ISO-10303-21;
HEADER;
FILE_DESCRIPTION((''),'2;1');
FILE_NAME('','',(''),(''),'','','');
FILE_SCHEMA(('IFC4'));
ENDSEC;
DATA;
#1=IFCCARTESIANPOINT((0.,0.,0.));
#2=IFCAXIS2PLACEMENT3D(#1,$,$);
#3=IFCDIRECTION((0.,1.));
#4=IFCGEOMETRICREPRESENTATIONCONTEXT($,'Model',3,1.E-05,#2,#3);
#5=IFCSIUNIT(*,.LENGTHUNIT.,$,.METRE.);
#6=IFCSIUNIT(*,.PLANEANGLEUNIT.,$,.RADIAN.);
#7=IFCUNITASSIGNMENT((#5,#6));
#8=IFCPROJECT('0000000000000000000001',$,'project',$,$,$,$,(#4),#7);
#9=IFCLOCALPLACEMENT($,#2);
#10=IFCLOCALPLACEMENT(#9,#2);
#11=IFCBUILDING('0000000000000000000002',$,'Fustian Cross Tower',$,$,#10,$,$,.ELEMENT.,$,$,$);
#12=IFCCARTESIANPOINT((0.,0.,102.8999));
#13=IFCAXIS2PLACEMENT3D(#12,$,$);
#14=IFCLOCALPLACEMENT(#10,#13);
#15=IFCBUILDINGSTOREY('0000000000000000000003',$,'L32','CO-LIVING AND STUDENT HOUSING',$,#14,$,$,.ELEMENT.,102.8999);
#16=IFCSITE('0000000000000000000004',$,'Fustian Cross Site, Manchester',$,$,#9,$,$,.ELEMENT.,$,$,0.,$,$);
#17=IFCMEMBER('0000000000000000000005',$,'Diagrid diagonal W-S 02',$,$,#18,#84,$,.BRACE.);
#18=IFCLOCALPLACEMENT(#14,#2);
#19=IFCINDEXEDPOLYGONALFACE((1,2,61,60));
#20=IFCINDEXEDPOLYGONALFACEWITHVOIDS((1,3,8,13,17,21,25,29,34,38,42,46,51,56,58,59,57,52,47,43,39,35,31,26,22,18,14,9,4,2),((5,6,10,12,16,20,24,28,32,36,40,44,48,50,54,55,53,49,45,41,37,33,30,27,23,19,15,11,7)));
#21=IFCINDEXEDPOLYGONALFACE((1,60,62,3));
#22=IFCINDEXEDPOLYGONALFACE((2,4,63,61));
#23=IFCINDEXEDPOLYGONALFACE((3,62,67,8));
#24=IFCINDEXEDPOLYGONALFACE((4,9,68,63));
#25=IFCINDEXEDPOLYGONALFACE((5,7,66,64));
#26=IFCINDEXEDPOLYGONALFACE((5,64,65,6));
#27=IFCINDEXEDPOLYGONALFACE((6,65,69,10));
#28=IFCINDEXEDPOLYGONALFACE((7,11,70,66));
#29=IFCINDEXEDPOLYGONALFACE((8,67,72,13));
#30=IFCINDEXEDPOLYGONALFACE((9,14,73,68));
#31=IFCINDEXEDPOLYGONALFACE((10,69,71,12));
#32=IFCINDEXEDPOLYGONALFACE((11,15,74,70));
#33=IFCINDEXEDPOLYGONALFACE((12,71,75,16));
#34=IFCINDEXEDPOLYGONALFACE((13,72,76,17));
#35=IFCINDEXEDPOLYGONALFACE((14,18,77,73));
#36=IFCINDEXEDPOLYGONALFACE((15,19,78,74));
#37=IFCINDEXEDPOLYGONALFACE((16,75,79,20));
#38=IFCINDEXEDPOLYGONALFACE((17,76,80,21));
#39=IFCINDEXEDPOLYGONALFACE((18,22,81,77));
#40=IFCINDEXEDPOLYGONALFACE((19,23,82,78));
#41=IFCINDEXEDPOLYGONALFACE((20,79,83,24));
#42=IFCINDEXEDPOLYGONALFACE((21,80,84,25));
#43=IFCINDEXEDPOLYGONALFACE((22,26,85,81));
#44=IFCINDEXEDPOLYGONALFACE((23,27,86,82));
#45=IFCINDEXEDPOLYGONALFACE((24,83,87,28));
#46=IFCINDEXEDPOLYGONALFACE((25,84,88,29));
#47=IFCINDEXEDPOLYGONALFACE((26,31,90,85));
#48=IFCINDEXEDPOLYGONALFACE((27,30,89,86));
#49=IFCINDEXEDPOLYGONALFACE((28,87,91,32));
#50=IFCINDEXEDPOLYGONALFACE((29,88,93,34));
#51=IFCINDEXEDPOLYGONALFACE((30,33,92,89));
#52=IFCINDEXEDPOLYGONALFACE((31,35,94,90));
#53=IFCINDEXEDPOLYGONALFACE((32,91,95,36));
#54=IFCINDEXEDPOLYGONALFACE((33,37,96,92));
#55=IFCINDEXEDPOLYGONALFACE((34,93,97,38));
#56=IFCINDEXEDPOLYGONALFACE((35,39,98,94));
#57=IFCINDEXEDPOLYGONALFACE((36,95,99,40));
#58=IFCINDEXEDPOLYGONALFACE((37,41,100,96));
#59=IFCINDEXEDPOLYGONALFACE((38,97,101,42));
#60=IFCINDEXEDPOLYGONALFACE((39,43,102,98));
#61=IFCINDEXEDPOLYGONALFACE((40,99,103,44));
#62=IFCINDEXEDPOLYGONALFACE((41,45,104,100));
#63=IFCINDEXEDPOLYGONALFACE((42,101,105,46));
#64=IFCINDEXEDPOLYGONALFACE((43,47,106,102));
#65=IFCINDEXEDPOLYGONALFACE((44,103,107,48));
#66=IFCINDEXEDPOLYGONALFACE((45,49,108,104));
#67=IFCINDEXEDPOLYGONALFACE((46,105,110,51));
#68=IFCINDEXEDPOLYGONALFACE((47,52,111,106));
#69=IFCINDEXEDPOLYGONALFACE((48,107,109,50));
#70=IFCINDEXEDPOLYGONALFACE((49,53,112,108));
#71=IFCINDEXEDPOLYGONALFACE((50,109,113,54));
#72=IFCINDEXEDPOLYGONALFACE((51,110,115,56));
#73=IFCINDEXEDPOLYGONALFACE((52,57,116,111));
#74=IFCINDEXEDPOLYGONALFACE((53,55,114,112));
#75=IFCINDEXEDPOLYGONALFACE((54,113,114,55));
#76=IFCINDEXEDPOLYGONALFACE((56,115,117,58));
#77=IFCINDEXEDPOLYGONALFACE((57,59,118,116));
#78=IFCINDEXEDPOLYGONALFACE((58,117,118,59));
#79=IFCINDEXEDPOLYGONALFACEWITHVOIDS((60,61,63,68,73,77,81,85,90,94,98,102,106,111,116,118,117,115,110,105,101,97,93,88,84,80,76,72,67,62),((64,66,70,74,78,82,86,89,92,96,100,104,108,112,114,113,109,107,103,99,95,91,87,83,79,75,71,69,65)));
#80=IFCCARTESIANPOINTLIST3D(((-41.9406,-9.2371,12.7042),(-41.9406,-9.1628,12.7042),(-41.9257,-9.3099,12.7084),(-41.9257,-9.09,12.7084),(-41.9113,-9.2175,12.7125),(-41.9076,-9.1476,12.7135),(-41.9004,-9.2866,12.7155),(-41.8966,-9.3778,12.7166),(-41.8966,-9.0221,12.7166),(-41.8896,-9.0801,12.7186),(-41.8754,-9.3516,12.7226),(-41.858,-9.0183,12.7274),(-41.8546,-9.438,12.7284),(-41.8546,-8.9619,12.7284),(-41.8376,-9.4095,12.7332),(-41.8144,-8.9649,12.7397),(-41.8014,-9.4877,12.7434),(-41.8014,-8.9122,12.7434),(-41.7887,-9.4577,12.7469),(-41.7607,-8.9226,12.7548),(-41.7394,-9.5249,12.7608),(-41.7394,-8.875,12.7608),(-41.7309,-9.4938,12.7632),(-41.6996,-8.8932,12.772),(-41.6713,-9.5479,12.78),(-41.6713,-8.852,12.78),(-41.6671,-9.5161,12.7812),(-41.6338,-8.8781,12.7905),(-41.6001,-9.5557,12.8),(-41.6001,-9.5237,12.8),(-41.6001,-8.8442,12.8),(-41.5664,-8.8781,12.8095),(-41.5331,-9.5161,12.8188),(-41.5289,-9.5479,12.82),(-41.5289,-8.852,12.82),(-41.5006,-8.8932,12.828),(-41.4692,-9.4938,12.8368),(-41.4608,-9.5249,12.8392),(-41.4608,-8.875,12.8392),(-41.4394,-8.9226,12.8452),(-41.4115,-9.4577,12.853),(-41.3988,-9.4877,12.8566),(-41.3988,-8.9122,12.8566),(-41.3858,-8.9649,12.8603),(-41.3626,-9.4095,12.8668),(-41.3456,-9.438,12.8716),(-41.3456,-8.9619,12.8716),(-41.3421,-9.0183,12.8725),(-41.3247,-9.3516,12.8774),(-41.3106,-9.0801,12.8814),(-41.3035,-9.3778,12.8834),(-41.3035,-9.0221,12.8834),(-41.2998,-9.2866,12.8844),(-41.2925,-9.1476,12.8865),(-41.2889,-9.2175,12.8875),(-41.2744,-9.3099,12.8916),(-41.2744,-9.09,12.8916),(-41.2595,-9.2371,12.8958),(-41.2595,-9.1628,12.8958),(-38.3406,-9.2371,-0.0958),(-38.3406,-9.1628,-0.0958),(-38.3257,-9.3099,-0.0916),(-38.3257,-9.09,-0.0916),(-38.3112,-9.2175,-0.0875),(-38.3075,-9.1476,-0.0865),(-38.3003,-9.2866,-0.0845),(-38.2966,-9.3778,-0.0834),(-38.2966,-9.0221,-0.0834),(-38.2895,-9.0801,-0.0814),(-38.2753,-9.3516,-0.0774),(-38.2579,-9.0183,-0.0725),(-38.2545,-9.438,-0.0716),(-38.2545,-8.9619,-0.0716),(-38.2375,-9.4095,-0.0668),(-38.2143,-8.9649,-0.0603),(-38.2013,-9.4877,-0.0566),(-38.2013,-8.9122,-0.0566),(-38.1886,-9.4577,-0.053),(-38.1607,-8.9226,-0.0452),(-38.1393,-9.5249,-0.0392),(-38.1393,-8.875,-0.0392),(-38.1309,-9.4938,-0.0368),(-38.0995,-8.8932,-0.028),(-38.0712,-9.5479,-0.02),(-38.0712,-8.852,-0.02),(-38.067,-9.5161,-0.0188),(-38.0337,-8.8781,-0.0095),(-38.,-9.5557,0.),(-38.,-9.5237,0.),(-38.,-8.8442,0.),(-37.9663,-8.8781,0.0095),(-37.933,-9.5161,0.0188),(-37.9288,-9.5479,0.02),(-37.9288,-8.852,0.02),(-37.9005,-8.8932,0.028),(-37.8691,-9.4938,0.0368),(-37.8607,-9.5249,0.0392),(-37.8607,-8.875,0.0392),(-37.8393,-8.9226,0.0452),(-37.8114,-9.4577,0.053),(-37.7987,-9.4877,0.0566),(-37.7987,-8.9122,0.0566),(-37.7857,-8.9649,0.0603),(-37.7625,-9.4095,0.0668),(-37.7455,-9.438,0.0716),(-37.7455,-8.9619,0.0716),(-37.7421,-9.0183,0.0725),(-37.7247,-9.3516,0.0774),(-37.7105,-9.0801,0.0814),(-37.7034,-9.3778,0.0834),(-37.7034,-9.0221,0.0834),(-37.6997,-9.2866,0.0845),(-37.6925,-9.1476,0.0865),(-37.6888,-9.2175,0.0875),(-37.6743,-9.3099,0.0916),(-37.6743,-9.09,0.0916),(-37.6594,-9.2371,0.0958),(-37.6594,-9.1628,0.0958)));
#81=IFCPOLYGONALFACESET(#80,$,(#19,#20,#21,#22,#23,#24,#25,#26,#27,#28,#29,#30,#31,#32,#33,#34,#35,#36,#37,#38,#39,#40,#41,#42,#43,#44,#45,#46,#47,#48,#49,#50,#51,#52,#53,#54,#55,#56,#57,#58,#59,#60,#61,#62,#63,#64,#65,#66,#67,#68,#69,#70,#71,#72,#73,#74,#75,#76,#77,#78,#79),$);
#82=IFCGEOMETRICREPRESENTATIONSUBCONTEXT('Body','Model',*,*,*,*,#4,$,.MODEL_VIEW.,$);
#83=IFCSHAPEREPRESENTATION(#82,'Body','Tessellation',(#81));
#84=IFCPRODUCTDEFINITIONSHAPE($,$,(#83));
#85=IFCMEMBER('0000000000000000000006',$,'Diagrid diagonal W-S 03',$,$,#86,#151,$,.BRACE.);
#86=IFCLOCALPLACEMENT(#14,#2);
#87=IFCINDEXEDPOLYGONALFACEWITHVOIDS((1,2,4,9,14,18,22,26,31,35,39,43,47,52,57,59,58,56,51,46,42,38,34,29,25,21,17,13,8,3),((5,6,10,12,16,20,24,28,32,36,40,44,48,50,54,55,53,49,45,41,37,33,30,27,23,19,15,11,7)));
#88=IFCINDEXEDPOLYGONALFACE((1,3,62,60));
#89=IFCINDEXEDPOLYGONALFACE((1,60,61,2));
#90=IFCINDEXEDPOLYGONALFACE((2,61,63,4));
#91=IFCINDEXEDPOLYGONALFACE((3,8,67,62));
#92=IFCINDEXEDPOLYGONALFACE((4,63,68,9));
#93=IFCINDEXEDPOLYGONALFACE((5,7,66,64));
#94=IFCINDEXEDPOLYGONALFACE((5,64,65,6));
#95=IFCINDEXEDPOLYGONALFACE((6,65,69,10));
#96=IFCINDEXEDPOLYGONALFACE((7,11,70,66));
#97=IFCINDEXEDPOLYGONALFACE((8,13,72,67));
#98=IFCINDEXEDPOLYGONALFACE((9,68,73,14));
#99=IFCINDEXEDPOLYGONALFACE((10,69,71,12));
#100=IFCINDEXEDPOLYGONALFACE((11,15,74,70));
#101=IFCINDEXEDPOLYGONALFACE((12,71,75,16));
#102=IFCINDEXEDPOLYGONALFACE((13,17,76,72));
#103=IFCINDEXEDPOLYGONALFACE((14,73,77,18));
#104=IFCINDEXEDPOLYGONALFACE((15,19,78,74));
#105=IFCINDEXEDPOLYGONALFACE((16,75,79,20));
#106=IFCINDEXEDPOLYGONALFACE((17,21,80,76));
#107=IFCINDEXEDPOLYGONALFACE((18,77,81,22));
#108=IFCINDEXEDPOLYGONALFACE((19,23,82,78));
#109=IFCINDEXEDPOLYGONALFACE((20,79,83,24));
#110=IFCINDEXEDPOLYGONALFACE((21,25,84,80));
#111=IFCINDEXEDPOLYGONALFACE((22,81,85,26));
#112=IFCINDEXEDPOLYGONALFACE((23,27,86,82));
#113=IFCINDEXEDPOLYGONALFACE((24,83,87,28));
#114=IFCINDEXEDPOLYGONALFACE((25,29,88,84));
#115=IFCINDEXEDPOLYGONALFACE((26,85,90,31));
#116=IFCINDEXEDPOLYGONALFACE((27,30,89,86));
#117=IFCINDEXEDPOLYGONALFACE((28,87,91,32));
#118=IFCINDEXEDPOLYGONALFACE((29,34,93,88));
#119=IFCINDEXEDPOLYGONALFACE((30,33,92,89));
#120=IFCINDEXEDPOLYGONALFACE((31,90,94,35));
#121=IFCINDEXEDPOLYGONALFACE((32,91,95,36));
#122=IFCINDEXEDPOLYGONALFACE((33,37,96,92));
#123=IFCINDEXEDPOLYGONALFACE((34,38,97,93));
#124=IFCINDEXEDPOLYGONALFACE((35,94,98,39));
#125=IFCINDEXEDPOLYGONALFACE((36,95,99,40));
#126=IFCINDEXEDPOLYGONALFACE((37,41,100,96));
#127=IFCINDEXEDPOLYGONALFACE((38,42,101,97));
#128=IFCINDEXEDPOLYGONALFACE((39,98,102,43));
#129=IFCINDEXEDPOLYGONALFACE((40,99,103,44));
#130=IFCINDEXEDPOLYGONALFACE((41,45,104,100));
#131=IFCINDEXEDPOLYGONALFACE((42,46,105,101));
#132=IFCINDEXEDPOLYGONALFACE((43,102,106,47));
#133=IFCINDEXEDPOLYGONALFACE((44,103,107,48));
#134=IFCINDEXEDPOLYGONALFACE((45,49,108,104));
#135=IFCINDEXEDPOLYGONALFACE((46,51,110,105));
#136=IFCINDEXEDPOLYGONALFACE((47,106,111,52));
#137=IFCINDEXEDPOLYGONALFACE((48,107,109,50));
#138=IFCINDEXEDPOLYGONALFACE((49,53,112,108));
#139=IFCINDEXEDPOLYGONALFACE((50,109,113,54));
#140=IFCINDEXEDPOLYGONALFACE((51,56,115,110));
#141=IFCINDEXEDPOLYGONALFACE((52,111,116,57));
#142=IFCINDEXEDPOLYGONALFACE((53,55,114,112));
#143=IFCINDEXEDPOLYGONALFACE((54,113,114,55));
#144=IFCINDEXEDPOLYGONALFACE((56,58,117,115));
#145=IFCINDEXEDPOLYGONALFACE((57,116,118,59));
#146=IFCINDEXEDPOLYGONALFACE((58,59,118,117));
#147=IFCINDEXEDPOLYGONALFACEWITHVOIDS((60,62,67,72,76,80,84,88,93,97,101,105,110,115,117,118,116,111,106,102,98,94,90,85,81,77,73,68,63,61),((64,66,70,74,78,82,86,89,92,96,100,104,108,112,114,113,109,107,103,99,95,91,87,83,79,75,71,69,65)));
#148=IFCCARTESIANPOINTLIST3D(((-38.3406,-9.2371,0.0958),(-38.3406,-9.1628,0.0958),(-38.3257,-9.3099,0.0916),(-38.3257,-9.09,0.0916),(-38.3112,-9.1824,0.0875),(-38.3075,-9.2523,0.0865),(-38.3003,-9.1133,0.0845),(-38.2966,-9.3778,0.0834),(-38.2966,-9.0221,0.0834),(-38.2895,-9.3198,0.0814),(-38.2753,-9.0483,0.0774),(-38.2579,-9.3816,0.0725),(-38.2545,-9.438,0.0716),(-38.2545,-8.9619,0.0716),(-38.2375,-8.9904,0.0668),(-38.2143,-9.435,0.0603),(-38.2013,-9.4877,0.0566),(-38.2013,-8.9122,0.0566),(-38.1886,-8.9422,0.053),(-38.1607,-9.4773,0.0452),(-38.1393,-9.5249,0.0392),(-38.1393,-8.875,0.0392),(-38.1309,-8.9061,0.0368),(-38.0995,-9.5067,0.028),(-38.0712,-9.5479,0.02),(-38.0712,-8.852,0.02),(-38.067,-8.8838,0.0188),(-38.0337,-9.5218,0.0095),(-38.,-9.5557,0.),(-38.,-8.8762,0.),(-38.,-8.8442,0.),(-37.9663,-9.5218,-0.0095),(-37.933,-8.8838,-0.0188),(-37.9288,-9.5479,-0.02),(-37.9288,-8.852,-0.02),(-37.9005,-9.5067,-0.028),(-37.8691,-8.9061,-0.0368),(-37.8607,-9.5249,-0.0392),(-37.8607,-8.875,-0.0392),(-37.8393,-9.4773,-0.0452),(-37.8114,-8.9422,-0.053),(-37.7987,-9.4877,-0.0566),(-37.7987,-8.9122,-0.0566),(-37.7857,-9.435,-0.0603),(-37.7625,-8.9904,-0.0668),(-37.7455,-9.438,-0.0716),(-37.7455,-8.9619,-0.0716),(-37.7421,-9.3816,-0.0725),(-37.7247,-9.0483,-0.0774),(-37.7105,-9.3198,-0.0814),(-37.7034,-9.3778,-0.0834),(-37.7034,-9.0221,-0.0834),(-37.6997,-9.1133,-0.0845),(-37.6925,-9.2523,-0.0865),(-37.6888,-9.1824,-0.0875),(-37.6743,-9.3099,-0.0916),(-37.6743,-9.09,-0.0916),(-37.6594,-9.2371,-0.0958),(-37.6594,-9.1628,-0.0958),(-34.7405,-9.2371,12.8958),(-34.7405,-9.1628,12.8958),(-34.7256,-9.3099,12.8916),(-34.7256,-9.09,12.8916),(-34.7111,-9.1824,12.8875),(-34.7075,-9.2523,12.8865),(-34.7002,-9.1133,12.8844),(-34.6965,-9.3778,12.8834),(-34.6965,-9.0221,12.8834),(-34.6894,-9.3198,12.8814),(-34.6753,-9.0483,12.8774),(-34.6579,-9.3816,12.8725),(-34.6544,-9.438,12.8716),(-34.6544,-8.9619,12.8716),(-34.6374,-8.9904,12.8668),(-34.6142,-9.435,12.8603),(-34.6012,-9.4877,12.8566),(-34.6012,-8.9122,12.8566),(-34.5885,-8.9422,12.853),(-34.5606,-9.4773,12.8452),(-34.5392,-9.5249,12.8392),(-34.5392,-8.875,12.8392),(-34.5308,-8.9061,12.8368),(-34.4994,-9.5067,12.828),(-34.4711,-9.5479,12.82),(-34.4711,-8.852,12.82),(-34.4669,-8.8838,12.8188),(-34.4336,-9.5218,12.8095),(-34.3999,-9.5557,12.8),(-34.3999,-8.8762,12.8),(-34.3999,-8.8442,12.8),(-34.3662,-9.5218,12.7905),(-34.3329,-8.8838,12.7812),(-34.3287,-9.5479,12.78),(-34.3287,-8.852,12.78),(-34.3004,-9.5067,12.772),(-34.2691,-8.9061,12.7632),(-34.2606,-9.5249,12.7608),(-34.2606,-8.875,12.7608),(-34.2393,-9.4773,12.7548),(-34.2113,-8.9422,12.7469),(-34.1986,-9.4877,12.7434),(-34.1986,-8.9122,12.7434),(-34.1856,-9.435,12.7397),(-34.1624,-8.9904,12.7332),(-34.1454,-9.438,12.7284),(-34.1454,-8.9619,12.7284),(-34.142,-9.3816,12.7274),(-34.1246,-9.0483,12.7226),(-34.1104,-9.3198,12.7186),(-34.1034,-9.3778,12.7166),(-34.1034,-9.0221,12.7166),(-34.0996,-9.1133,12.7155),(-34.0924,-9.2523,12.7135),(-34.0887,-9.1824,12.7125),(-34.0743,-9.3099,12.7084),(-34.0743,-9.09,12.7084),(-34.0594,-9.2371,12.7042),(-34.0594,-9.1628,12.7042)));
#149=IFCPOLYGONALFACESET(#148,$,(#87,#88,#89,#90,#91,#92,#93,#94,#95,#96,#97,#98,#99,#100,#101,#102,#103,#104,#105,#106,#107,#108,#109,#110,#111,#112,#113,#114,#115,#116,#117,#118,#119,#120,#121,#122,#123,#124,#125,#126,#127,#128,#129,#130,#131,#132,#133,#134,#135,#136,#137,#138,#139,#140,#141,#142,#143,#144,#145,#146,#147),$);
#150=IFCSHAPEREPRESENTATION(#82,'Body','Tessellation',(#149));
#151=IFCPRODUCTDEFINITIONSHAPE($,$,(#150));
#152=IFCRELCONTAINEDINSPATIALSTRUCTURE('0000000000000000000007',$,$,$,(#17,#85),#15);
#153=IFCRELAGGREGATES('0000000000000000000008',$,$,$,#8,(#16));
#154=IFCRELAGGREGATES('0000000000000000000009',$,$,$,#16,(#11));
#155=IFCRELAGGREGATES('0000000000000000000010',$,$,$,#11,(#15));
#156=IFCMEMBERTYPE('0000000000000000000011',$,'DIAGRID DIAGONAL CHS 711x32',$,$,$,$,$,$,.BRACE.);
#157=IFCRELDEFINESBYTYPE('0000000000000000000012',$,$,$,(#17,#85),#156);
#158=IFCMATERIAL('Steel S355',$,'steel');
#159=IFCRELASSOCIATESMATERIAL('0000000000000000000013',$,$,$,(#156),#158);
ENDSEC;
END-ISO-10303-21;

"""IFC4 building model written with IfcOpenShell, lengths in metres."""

from ifc_helpers import new_model, si_unit, direction, frame, origin, origin_2d, place, context, subcontext, project, spatial, hollow_circle, extrude, material, material_profile, profile_set, type_object, element, save


model = new_model("IFC4")

# Units and contexts
model_context = context("Model", 3, precision=1e-05, world=origin(), true_north=direction((0.0, 1.0)))
body_context = subcontext(model_context, "Body", "Model", "MODEL_VIEW")
ifc_project = project(units=[si_unit("LENGTHUNIT", "METRE"), si_unit("PLANEANGLEUNIT", "RADIAN")], contexts=[model_context])

# Site, building, storey
site_placement = place(None, origin())
site = spatial("IfcSite", under=ifc_project, at=site_placement, Name="Fustian Cross Site, Manchester", CompositionType="ELEMENT", RefElevation=0.0)
building_placement = place(site_placement, origin())
building = spatial("IfcBuilding", under=site, at=building_placement, Name="Fustian Cross Tower", CompositionType="ELEMENT")
storey_placement = place(building_placement, frame((0.0, 0.0, 102.8999)))
storey = spatial("IfcBuildingStorey", under=building, at=storey_placement, Name="L32", Description="CO-LIVING AND STUDENT HOUSING", CompositionType="ELEMENT", Elevation=102.8999)

# Members
ifc_material_1 = material(Name="Steel S355", Category="steel")
ifc_material_profile_1 = material_profile(ifc_material_1, hollow_circle(Radius=0.3557, WallThickness=0.032, at=origin_2d()), Name="CHS 711x32")
ifc_profile_set_1 = profile_set([ifc_material_profile_1], Name="Steel S355")
member_type_1 = type_object("IfcMemberType", Name="DIAGRID DIAGONAL CHS 711x32", PredefinedType="BRACE", material=ifc_profile_set_1)
for number, where, z_axis, x_axis, name in (
    (1, (-38.0, -9.2, 0.0), (-0.270751, 0.0, 0.962649), (0.0, -1.0, 0.0), "Diagrid diagonal W-S 02"),
    (2, (-38.0, -9.2, 0.0), (0.270751, 0.0, 0.962649), (0.0, 1.0, 0.0), "Diagrid diagonal W-S 03"),
):
    element("IfcMember", number, at=place(storey_placement, frame(where, z_axis=z_axis, x_axis=x_axis)), inside=storey, type_object=member_type_1, Name=name, PredefinedType="BRACE", context=body_context, shape_type="SweptSolid", body=[
        extrude(hollow_circle(Radius=0.3557, WallThickness=0.032, at=origin_2d()), origin(), (0.0, 0.0, 1.0), 13.2966),
    ])

save(model, "model.ifc")
